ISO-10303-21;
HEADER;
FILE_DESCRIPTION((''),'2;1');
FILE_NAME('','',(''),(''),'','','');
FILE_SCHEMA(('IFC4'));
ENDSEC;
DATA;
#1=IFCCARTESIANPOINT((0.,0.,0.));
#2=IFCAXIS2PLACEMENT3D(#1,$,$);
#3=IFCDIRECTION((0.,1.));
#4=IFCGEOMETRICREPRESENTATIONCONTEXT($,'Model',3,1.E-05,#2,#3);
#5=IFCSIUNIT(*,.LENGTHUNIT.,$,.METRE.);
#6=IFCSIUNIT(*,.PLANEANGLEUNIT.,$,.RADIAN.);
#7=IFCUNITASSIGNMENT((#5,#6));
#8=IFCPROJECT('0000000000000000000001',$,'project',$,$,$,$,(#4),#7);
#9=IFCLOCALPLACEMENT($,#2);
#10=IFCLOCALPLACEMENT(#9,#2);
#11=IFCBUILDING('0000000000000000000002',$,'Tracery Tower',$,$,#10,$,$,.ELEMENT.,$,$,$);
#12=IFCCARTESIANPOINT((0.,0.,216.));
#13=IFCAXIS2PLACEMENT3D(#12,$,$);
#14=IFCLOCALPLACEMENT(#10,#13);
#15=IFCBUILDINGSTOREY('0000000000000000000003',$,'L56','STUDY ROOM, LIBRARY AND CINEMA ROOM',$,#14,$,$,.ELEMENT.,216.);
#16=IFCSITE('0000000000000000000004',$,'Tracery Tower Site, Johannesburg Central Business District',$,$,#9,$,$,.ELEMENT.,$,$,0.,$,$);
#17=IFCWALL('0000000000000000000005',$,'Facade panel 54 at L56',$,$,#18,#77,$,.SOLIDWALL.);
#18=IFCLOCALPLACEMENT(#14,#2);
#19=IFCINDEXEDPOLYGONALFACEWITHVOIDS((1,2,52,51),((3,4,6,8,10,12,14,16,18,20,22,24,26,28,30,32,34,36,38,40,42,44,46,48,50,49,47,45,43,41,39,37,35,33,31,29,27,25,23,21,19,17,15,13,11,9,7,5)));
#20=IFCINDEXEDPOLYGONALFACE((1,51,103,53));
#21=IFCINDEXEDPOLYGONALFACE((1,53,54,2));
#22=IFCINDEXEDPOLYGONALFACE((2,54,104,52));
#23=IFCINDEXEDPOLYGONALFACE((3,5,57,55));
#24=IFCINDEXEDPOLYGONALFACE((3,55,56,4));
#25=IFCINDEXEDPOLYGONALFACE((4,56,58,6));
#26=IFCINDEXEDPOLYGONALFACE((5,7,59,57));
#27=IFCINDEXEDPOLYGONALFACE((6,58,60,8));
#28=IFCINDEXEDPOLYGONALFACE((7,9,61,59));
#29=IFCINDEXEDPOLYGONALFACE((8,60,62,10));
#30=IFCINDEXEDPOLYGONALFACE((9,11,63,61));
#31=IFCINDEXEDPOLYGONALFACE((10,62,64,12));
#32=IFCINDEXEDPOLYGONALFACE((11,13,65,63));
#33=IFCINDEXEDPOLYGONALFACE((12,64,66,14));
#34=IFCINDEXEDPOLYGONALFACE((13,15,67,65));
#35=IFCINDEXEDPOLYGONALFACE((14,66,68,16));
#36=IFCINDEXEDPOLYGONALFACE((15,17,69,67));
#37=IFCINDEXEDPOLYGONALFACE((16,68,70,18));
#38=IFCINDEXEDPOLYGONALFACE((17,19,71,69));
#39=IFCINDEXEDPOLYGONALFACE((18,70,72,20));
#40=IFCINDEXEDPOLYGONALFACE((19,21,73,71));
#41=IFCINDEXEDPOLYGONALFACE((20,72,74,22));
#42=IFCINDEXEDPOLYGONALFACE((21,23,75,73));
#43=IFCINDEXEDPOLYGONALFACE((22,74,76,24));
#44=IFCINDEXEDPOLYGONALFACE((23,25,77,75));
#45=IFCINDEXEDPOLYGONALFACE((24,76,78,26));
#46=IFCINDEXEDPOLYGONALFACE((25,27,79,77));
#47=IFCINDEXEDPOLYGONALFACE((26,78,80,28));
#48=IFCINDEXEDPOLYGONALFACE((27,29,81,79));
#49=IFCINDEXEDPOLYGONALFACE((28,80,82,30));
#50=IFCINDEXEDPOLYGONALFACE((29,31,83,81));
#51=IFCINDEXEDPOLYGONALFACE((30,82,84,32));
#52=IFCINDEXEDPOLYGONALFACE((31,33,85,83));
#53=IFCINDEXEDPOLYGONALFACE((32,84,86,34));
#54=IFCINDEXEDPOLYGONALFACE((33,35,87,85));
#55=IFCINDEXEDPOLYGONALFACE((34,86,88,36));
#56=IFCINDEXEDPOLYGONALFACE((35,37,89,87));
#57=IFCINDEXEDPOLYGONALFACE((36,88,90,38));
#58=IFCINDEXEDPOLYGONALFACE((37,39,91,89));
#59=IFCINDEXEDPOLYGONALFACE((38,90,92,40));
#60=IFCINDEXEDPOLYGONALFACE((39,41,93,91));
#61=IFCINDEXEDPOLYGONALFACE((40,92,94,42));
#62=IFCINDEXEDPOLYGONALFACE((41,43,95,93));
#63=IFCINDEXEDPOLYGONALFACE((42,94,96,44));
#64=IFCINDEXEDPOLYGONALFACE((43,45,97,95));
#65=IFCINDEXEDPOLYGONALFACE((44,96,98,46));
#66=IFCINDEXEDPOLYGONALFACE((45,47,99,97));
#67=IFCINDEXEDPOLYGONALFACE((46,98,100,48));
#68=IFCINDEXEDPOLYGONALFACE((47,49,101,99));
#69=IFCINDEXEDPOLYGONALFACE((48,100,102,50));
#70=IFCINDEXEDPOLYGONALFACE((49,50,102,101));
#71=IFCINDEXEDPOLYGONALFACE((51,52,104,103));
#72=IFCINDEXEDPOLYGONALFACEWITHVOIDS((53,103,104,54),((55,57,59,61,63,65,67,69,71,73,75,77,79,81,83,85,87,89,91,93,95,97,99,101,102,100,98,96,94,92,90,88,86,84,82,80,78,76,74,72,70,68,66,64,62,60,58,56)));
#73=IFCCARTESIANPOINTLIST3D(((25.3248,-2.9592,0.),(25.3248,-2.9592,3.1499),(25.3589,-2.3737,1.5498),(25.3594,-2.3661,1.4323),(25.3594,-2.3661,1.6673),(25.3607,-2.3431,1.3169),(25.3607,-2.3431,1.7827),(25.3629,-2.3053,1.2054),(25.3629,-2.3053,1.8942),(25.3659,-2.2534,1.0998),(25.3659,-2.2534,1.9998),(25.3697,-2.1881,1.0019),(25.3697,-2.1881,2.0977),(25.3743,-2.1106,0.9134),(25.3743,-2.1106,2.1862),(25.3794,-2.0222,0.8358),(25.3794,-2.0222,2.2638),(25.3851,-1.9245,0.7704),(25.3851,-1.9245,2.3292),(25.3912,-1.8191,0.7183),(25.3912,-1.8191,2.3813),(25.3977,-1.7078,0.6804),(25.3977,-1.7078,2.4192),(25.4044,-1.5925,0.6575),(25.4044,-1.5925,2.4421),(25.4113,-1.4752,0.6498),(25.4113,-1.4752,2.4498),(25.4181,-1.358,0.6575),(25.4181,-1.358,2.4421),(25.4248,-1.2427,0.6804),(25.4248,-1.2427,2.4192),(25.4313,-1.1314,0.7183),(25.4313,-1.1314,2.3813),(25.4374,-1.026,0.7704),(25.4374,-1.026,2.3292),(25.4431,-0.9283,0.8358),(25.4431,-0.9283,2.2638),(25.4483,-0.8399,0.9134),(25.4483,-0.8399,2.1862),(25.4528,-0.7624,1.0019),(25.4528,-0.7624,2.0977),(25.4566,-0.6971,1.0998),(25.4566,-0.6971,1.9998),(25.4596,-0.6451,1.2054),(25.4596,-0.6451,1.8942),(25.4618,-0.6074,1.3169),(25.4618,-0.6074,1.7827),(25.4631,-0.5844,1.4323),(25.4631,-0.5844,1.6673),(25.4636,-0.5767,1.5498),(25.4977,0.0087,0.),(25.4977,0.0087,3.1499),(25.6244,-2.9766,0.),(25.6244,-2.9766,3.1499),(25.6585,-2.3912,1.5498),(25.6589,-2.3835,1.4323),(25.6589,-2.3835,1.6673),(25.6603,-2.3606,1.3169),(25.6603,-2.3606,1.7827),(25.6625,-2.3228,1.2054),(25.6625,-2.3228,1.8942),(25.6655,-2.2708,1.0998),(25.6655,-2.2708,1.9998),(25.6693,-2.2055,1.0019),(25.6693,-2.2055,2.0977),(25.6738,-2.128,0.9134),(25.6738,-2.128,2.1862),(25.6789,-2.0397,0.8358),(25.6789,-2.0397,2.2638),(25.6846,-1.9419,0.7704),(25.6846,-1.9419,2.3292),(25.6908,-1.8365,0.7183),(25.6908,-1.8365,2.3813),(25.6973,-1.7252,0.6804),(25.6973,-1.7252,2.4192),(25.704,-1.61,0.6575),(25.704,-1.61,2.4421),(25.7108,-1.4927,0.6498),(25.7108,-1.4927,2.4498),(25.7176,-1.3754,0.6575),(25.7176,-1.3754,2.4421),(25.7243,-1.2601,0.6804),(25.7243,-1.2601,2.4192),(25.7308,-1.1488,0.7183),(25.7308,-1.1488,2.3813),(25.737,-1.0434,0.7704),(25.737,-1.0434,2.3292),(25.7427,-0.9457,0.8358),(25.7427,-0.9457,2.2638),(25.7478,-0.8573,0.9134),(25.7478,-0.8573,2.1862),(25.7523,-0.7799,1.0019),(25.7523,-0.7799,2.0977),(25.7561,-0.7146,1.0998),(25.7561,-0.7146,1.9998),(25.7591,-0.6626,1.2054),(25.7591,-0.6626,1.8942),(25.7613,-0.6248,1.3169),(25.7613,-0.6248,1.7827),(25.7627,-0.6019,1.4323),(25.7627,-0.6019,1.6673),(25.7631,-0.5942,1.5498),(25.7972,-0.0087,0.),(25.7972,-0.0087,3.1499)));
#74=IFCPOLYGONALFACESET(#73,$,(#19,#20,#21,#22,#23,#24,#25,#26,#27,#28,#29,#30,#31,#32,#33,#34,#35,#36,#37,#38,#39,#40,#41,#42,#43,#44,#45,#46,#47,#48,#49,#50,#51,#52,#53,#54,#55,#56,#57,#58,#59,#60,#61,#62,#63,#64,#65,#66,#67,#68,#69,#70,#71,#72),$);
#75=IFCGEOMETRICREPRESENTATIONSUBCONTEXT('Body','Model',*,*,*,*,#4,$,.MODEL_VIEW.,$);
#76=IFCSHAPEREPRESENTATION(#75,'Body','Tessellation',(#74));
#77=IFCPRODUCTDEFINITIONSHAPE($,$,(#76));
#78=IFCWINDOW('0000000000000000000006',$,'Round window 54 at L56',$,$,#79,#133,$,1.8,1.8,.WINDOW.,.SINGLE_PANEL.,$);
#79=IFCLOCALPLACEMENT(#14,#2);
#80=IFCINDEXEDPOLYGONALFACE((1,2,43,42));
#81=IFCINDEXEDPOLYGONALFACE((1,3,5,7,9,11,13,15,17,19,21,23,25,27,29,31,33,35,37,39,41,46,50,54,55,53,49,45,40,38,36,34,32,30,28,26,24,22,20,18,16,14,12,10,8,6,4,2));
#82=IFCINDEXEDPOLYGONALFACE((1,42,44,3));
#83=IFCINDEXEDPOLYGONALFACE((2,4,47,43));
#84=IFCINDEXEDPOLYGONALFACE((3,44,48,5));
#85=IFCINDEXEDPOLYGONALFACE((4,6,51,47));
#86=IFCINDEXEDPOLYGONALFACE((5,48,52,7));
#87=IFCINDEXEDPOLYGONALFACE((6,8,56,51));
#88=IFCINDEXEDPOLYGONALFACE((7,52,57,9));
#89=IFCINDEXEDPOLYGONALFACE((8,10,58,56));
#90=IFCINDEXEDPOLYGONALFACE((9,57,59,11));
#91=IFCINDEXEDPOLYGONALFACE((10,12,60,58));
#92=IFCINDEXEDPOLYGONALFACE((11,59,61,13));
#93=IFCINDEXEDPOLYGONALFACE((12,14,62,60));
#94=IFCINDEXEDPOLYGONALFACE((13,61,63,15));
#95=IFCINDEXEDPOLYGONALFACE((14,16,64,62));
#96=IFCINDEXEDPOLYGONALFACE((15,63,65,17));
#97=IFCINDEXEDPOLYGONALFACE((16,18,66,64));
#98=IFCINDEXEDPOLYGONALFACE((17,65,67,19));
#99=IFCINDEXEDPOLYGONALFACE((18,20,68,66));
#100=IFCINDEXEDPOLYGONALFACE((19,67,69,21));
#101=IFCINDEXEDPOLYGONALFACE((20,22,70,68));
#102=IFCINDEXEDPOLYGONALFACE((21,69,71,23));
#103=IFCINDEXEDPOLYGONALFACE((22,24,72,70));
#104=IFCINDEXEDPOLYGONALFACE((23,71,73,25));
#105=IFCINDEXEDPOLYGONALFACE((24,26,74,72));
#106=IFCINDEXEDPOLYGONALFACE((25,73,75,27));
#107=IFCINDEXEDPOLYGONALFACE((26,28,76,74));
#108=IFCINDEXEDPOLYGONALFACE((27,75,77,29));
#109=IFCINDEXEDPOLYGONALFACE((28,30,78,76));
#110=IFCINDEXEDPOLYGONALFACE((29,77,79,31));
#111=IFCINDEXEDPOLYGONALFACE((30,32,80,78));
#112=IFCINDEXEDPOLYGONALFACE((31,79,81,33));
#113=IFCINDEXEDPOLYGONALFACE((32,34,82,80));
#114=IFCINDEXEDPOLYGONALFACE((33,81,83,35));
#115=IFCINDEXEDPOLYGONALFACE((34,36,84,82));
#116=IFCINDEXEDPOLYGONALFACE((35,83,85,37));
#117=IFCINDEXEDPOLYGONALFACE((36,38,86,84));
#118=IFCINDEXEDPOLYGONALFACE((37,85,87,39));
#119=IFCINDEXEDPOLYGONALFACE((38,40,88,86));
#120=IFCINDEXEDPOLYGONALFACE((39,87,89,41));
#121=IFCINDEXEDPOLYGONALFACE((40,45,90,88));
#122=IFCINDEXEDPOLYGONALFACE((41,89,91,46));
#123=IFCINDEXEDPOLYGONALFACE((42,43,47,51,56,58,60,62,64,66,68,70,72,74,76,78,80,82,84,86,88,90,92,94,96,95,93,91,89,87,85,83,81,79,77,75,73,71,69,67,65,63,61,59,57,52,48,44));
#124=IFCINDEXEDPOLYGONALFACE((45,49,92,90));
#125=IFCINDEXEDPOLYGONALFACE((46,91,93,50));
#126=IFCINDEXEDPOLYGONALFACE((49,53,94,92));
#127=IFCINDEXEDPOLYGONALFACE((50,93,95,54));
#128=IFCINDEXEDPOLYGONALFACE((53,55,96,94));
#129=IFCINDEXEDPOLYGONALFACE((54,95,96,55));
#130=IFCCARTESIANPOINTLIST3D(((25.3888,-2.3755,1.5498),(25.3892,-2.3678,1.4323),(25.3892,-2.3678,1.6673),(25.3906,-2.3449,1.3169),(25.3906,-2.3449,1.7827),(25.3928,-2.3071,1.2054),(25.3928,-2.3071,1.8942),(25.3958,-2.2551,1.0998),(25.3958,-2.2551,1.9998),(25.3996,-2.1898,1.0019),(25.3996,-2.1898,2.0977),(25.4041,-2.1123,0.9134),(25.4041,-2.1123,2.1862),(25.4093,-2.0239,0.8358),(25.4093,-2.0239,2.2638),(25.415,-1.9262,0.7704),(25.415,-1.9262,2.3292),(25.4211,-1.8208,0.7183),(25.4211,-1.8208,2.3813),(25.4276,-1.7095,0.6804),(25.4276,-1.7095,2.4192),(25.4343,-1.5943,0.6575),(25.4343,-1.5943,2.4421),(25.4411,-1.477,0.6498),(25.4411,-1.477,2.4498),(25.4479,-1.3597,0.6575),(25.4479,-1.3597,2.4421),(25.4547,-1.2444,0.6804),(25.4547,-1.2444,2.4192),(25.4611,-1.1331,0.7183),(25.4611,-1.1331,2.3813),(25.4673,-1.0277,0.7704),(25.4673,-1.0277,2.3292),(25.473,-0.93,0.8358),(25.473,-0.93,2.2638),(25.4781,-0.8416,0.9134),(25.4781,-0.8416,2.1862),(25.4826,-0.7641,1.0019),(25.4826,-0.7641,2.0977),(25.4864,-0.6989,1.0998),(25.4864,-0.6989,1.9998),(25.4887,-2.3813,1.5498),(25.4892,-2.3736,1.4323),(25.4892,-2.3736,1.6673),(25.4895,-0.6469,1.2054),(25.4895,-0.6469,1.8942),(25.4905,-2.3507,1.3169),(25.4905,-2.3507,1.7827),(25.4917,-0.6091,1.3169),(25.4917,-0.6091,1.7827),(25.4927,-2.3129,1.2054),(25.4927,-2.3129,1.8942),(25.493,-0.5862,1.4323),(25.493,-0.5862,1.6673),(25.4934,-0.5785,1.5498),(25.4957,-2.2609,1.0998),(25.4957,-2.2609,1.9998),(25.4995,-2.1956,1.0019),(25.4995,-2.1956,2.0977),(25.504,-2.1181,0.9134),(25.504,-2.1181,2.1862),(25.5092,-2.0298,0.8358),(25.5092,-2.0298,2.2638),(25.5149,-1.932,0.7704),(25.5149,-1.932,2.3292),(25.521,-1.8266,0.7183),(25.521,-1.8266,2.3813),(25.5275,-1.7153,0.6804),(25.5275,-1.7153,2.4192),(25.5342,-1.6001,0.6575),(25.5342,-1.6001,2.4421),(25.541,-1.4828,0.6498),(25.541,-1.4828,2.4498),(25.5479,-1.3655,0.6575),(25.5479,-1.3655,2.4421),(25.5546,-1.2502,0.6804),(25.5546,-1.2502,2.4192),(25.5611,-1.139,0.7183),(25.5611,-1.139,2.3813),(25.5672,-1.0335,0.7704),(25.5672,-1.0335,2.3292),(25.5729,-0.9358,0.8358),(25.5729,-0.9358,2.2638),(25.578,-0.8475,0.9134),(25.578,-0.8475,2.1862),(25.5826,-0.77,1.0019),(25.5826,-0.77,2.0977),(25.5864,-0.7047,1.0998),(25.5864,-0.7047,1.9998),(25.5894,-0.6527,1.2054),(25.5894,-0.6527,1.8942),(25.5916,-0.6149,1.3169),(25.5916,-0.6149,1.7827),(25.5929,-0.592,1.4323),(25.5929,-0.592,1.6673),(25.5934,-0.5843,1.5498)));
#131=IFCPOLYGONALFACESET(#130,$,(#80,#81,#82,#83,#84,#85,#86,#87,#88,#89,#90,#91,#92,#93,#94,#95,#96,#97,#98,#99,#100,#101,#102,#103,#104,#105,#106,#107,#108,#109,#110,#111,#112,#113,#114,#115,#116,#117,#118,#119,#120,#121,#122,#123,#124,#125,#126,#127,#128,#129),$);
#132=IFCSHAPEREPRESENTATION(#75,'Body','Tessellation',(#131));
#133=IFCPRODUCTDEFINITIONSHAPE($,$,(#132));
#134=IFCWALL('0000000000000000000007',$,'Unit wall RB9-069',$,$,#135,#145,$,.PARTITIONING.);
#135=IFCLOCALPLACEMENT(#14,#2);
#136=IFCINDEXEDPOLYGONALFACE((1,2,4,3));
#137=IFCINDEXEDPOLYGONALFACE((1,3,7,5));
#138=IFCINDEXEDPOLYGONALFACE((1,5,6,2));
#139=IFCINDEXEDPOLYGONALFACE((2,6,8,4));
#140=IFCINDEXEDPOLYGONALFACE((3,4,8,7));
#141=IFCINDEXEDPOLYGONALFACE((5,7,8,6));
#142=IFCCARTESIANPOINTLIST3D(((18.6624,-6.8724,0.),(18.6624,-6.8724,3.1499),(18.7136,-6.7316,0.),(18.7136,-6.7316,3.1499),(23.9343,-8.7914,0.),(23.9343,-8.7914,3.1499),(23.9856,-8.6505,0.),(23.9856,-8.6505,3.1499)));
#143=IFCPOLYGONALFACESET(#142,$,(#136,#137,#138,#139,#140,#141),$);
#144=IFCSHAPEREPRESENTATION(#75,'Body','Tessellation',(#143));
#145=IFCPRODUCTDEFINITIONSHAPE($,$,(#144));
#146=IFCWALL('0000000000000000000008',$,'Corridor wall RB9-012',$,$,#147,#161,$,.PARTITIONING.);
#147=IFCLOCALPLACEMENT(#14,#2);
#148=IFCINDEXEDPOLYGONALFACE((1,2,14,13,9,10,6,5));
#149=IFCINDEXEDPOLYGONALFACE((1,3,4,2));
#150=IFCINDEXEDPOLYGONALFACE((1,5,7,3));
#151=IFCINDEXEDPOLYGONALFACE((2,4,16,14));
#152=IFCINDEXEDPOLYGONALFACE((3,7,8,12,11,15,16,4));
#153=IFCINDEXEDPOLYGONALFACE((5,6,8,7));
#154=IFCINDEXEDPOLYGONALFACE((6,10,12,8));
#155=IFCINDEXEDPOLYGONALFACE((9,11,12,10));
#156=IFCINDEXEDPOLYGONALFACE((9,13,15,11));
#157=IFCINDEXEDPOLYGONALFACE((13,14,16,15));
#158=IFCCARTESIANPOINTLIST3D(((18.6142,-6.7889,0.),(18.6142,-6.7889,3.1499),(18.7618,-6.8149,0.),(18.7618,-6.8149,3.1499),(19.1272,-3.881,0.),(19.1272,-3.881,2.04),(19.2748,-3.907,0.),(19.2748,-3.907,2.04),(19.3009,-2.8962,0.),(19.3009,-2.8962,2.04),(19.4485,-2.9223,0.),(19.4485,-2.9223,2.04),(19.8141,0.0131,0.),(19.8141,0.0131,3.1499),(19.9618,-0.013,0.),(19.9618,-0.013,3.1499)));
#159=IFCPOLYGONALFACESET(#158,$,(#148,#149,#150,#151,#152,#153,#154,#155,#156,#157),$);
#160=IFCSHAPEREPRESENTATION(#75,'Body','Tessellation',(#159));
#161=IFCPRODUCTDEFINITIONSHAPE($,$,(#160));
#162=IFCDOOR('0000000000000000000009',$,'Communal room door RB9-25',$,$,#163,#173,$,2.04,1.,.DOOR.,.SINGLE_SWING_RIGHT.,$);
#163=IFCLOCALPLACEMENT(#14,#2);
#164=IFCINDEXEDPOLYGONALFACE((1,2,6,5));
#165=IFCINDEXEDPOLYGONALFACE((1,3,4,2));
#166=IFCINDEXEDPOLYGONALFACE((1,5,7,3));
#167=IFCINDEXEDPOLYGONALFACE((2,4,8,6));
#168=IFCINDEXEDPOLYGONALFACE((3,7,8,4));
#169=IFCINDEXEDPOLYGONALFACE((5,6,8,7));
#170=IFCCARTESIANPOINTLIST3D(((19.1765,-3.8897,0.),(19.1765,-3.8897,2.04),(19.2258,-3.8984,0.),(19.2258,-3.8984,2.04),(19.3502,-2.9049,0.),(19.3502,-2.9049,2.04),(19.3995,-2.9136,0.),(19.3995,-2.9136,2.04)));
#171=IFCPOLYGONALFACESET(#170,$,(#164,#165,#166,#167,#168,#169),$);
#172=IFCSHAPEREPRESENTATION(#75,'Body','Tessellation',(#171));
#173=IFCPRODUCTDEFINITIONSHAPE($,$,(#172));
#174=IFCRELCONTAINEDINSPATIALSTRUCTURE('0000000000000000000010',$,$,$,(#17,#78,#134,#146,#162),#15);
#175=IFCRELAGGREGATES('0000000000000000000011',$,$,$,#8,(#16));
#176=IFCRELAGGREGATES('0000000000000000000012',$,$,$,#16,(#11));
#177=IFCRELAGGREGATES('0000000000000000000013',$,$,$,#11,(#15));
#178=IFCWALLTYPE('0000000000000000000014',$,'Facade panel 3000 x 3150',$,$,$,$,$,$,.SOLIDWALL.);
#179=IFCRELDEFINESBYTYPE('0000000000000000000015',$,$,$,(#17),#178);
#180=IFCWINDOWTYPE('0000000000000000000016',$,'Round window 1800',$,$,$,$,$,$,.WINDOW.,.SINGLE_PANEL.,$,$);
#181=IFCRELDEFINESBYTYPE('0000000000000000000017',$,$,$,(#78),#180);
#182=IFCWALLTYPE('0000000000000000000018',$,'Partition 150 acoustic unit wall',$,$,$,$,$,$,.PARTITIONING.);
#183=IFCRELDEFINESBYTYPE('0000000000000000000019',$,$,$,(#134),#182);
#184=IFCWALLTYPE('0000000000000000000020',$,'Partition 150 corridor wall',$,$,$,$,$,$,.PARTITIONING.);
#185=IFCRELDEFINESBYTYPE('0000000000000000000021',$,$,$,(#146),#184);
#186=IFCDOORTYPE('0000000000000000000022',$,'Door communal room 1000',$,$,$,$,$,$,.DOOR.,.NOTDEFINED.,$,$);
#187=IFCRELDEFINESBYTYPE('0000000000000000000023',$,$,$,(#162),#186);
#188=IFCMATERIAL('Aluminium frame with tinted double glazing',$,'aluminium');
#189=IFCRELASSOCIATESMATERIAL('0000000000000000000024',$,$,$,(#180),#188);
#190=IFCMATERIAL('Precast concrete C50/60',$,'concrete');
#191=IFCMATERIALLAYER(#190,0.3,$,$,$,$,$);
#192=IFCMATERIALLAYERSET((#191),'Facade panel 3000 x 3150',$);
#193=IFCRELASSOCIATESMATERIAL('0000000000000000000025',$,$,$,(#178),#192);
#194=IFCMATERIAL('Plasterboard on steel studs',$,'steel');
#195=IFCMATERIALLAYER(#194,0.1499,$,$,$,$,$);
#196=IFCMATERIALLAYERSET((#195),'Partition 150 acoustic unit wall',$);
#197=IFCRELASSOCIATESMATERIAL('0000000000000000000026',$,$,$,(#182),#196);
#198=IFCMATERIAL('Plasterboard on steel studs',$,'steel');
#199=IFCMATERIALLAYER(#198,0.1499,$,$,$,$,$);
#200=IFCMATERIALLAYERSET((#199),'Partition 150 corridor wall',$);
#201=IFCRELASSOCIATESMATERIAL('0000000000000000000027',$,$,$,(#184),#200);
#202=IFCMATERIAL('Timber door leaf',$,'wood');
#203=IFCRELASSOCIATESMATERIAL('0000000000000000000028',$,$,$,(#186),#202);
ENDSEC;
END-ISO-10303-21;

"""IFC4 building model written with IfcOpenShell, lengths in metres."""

from ifc_helpers import new_model, si_unit, direction, frame, frame_2d, origin, origin_2d, place, context, subcontext, project, spatial, rectangle, circle, extrude, material, layer, layer_set, type_object, element, fill, save


model = new_model("IFC4")

# Units and contexts
model_context = context("Model", 3, precision=1e-05, world=origin(), true_north=direction((0.0, 1.0)))
body_context = subcontext(model_context, "Body", "Model", "MODEL_VIEW")
ifc_project = project(units=[si_unit("LENGTHUNIT", "METRE"), si_unit("PLANEANGLEUNIT", "RADIAN")], contexts=[model_context])

# Site, building, storey
site_placement = place(None, origin())
site = spatial("IfcSite", under=ifc_project, at=site_placement, Name="Tracery Tower Site, Johannesburg Central Business District", CompositionType="ELEMENT", RefElevation=0.0)
building_placement = place(site_placement, origin())
building = spatial("IfcBuilding", under=site, at=building_placement, Name="Tracery Tower", CompositionType="ELEMENT")
storey_placement = place(building_placement, frame((0.0, 0.0, 216.0)))
storey = spatial("IfcBuildingStorey", under=building, at=storey_placement, Name="L56", Description="STUDY ROOM, LIBRARY AND CINEMA ROOM", CompositionType="ELEMENT", Elevation=216.0)

# Wall, opening, window
ifc_material_1 = material(Name="Aluminium frame with tinted double glazing", Category="aluminium")
window_type = type_object("IfcWindowType", Name="Round window 1800", PartitioningType="SINGLE_PANEL", PredefinedType="WINDOW", material=ifc_material_1)
ifc_material_2 = material(Name="Precast concrete C50/60", Category="concrete")
ifc_layer_1 = layer(ifc_material_2, 0.3)
ifc_layer_set_1 = layer_set([ifc_layer_1], Name="Facade panel 3000 x 3150")
wall_type_1 = type_object("IfcWallType", Name="Facade panel 3000 x 3150", PredefinedType="SOLIDWALL", material=ifc_layer_set_1)
wall_1_placement = place(storey_placement, frame((25.4746, -2.9678, 0.0), z_axis=(0.0, 0.0, 1.0), x_axis=(0.058144, 0.998308, 0.0)))
wall_1 = element("IfcWall", 1, at=wall_1_placement, inside=storey, type_object=wall_type_1, Name="Facade panel 54 at L56", PredefinedType="SOLIDWALL", context=body_context, shape_type="SweptSolid", body=[
    extrude(rectangle(XDim=2.9729, YDim=0.3, at=frame_2d((1.4863, 0.0))), origin(), (0.0, 0.0, 1.0), 3.1499),
])
opening_1_placement = place(wall_1_placement, frame((1.4863, 0.0, 1.5498)))
opening_1 = element("IfcOpeningElement", 2, at=opening_1_placement, cuts=wall_1, PredefinedType="OPENING", context=body_context, shape_type="SweptSolid", body=[
    extrude(circle(Radius=0.9, at=origin_2d()), frame((0.0, 0.1599, 0.0), z_axis=(0.0, -1.0, 0.0), x_axis=(1.0, 0.0, 0.0)), (0.0, 0.0, 1.0), 0.3201),
])
window_1_placement = place(opening_1_placement, origin())
window_1 = element("IfcWindow", 3, at=window_1_placement, inside=storey, type_object=window_type, Name="Round window 54 at L56", OverallHeight=1.8, OverallWidth=1.8, PartitioningType="SINGLE_PANEL", PredefinedType="WINDOW", context=body_context, shape_type="SweptSolid", body=[
    extrude(circle(Radius=0.9, at=origin_2d()), frame((0.0, 0.1201, 0.0), z_axis=(0.0, -1.0, 0.0), x_axis=(1.0, 0.0, 0.0)), (0.0, 0.0, 1.0), 0.1001),
])
fill(opening_1, window_1)

# Wall
ifc_material_3 = material(Name="Plasterboard on steel studs", Category="steel")
ifc_layer_2 = layer(ifc_material_3, 0.1499)
ifc_layer_set_2 = layer_set([ifc_layer_2], Name="Partition 150 acoustic unit wall")
wall_type_2 = type_object("IfcWallType", Name="Partition 150 acoustic unit wall", PredefinedType="PARTITIONING", material=ifc_layer_set_2)
wall_2_placement = place(storey_placement, frame((18.688, -6.802, 0.0), z_axis=(0.0, 0.0, 1.0), x_axis=(0.939687, -0.342037, 0.0)))
element("IfcWall", 4, at=wall_2_placement, inside=storey, type_object=wall_type_2, Name="Unit wall RB9-069", PredefinedType="PARTITIONING", context=body_context, shape_type="SweptSolid", body=[
    extrude(rectangle(XDim=5.6104, YDim=0.1499, at=frame_2d((2.8052, 0.0))), origin(), (0.0, 0.0, 1.0), 3.1499),
])

# Wall, opening, door
ifc_material_4 = material(Name="Plasterboard on steel studs", Category="steel")
ifc_layer_3 = layer(ifc_material_4, 0.1499)
ifc_layer_set_3 = layer_set([ifc_layer_3], Name="Partition 150 corridor wall")
wall_type_3 = type_object("IfcWallType", Name="Partition 150 corridor wall", PredefinedType="PARTITIONING", material=ifc_layer_set_3)
wall_3_placement = place(storey_placement, frame((18.688, -6.802, 0.0), z_axis=(0.0, 0.0, 1.0), x_axis=(0.173729, 0.984794, 0.0)))
wall_3 = element("IfcWall", 5, at=wall_3_placement, inside=storey, type_object=wall_type_3, Name="Corridor wall RB9-012", PredefinedType="PARTITIONING", context=body_context, shape_type="SweptSolid", body=[
    extrude(rectangle(XDim=6.907, YDim=0.1499, at=frame_2d((3.4536, 0.0))), origin(), (0.0, 0.0, 1.0), 3.1499),
])
opening_2_placement = place(wall_3_placement, frame((2.9529, 0.0, 0.0)))
opening_2 = element("IfcOpeningElement", 6, at=opening_2_placement, cuts=wall_3, PredefinedType="OPENING", context=body_context, shape_type="SweptSolid", body=[
    extrude(rectangle(XDim=1.0, YDim=2.04, at=frame_2d((0.5, 1.02))), frame((0.0, 0.075, 0.0), z_axis=(0.0, -1.0, 0.0), x_axis=(1.0, 0.0, 0.0)), (0.0, 0.0, 1.0), 0.1499),
])
ifc_material_5 = material(Name="Timber door leaf", Category="wood")
door_type_1 = type_object("IfcDoorType", Name="Door communal room 1000", OperationType="NOTDEFINED", PredefinedType="DOOR", material=ifc_material_5)
door_1_placement = place(opening_2_placement, origin())
door_1 = element("IfcDoor", 7, at=door_1_placement, inside=storey, type_object=door_type_1, Name="Communal room door RB9-25", OperationType="SINGLE_SWING_RIGHT", OverallHeight=2.04, OverallWidth=1.0, PredefinedType="DOOR", context=body_context, shape_type="SweptSolid", body=[
    extrude(rectangle(XDim=1.0, YDim=2.04, at=frame_2d((0.5, 1.02))), frame((0.0, 0.0249, 0.0), z_axis=(0.0, -1.0, 0.0), x_axis=(1.0, 0.0, 0.0)), (0.0, 0.0, 1.0), 0.05),
])
fill(opening_2, door_1)

save(model, "model.ifc")
